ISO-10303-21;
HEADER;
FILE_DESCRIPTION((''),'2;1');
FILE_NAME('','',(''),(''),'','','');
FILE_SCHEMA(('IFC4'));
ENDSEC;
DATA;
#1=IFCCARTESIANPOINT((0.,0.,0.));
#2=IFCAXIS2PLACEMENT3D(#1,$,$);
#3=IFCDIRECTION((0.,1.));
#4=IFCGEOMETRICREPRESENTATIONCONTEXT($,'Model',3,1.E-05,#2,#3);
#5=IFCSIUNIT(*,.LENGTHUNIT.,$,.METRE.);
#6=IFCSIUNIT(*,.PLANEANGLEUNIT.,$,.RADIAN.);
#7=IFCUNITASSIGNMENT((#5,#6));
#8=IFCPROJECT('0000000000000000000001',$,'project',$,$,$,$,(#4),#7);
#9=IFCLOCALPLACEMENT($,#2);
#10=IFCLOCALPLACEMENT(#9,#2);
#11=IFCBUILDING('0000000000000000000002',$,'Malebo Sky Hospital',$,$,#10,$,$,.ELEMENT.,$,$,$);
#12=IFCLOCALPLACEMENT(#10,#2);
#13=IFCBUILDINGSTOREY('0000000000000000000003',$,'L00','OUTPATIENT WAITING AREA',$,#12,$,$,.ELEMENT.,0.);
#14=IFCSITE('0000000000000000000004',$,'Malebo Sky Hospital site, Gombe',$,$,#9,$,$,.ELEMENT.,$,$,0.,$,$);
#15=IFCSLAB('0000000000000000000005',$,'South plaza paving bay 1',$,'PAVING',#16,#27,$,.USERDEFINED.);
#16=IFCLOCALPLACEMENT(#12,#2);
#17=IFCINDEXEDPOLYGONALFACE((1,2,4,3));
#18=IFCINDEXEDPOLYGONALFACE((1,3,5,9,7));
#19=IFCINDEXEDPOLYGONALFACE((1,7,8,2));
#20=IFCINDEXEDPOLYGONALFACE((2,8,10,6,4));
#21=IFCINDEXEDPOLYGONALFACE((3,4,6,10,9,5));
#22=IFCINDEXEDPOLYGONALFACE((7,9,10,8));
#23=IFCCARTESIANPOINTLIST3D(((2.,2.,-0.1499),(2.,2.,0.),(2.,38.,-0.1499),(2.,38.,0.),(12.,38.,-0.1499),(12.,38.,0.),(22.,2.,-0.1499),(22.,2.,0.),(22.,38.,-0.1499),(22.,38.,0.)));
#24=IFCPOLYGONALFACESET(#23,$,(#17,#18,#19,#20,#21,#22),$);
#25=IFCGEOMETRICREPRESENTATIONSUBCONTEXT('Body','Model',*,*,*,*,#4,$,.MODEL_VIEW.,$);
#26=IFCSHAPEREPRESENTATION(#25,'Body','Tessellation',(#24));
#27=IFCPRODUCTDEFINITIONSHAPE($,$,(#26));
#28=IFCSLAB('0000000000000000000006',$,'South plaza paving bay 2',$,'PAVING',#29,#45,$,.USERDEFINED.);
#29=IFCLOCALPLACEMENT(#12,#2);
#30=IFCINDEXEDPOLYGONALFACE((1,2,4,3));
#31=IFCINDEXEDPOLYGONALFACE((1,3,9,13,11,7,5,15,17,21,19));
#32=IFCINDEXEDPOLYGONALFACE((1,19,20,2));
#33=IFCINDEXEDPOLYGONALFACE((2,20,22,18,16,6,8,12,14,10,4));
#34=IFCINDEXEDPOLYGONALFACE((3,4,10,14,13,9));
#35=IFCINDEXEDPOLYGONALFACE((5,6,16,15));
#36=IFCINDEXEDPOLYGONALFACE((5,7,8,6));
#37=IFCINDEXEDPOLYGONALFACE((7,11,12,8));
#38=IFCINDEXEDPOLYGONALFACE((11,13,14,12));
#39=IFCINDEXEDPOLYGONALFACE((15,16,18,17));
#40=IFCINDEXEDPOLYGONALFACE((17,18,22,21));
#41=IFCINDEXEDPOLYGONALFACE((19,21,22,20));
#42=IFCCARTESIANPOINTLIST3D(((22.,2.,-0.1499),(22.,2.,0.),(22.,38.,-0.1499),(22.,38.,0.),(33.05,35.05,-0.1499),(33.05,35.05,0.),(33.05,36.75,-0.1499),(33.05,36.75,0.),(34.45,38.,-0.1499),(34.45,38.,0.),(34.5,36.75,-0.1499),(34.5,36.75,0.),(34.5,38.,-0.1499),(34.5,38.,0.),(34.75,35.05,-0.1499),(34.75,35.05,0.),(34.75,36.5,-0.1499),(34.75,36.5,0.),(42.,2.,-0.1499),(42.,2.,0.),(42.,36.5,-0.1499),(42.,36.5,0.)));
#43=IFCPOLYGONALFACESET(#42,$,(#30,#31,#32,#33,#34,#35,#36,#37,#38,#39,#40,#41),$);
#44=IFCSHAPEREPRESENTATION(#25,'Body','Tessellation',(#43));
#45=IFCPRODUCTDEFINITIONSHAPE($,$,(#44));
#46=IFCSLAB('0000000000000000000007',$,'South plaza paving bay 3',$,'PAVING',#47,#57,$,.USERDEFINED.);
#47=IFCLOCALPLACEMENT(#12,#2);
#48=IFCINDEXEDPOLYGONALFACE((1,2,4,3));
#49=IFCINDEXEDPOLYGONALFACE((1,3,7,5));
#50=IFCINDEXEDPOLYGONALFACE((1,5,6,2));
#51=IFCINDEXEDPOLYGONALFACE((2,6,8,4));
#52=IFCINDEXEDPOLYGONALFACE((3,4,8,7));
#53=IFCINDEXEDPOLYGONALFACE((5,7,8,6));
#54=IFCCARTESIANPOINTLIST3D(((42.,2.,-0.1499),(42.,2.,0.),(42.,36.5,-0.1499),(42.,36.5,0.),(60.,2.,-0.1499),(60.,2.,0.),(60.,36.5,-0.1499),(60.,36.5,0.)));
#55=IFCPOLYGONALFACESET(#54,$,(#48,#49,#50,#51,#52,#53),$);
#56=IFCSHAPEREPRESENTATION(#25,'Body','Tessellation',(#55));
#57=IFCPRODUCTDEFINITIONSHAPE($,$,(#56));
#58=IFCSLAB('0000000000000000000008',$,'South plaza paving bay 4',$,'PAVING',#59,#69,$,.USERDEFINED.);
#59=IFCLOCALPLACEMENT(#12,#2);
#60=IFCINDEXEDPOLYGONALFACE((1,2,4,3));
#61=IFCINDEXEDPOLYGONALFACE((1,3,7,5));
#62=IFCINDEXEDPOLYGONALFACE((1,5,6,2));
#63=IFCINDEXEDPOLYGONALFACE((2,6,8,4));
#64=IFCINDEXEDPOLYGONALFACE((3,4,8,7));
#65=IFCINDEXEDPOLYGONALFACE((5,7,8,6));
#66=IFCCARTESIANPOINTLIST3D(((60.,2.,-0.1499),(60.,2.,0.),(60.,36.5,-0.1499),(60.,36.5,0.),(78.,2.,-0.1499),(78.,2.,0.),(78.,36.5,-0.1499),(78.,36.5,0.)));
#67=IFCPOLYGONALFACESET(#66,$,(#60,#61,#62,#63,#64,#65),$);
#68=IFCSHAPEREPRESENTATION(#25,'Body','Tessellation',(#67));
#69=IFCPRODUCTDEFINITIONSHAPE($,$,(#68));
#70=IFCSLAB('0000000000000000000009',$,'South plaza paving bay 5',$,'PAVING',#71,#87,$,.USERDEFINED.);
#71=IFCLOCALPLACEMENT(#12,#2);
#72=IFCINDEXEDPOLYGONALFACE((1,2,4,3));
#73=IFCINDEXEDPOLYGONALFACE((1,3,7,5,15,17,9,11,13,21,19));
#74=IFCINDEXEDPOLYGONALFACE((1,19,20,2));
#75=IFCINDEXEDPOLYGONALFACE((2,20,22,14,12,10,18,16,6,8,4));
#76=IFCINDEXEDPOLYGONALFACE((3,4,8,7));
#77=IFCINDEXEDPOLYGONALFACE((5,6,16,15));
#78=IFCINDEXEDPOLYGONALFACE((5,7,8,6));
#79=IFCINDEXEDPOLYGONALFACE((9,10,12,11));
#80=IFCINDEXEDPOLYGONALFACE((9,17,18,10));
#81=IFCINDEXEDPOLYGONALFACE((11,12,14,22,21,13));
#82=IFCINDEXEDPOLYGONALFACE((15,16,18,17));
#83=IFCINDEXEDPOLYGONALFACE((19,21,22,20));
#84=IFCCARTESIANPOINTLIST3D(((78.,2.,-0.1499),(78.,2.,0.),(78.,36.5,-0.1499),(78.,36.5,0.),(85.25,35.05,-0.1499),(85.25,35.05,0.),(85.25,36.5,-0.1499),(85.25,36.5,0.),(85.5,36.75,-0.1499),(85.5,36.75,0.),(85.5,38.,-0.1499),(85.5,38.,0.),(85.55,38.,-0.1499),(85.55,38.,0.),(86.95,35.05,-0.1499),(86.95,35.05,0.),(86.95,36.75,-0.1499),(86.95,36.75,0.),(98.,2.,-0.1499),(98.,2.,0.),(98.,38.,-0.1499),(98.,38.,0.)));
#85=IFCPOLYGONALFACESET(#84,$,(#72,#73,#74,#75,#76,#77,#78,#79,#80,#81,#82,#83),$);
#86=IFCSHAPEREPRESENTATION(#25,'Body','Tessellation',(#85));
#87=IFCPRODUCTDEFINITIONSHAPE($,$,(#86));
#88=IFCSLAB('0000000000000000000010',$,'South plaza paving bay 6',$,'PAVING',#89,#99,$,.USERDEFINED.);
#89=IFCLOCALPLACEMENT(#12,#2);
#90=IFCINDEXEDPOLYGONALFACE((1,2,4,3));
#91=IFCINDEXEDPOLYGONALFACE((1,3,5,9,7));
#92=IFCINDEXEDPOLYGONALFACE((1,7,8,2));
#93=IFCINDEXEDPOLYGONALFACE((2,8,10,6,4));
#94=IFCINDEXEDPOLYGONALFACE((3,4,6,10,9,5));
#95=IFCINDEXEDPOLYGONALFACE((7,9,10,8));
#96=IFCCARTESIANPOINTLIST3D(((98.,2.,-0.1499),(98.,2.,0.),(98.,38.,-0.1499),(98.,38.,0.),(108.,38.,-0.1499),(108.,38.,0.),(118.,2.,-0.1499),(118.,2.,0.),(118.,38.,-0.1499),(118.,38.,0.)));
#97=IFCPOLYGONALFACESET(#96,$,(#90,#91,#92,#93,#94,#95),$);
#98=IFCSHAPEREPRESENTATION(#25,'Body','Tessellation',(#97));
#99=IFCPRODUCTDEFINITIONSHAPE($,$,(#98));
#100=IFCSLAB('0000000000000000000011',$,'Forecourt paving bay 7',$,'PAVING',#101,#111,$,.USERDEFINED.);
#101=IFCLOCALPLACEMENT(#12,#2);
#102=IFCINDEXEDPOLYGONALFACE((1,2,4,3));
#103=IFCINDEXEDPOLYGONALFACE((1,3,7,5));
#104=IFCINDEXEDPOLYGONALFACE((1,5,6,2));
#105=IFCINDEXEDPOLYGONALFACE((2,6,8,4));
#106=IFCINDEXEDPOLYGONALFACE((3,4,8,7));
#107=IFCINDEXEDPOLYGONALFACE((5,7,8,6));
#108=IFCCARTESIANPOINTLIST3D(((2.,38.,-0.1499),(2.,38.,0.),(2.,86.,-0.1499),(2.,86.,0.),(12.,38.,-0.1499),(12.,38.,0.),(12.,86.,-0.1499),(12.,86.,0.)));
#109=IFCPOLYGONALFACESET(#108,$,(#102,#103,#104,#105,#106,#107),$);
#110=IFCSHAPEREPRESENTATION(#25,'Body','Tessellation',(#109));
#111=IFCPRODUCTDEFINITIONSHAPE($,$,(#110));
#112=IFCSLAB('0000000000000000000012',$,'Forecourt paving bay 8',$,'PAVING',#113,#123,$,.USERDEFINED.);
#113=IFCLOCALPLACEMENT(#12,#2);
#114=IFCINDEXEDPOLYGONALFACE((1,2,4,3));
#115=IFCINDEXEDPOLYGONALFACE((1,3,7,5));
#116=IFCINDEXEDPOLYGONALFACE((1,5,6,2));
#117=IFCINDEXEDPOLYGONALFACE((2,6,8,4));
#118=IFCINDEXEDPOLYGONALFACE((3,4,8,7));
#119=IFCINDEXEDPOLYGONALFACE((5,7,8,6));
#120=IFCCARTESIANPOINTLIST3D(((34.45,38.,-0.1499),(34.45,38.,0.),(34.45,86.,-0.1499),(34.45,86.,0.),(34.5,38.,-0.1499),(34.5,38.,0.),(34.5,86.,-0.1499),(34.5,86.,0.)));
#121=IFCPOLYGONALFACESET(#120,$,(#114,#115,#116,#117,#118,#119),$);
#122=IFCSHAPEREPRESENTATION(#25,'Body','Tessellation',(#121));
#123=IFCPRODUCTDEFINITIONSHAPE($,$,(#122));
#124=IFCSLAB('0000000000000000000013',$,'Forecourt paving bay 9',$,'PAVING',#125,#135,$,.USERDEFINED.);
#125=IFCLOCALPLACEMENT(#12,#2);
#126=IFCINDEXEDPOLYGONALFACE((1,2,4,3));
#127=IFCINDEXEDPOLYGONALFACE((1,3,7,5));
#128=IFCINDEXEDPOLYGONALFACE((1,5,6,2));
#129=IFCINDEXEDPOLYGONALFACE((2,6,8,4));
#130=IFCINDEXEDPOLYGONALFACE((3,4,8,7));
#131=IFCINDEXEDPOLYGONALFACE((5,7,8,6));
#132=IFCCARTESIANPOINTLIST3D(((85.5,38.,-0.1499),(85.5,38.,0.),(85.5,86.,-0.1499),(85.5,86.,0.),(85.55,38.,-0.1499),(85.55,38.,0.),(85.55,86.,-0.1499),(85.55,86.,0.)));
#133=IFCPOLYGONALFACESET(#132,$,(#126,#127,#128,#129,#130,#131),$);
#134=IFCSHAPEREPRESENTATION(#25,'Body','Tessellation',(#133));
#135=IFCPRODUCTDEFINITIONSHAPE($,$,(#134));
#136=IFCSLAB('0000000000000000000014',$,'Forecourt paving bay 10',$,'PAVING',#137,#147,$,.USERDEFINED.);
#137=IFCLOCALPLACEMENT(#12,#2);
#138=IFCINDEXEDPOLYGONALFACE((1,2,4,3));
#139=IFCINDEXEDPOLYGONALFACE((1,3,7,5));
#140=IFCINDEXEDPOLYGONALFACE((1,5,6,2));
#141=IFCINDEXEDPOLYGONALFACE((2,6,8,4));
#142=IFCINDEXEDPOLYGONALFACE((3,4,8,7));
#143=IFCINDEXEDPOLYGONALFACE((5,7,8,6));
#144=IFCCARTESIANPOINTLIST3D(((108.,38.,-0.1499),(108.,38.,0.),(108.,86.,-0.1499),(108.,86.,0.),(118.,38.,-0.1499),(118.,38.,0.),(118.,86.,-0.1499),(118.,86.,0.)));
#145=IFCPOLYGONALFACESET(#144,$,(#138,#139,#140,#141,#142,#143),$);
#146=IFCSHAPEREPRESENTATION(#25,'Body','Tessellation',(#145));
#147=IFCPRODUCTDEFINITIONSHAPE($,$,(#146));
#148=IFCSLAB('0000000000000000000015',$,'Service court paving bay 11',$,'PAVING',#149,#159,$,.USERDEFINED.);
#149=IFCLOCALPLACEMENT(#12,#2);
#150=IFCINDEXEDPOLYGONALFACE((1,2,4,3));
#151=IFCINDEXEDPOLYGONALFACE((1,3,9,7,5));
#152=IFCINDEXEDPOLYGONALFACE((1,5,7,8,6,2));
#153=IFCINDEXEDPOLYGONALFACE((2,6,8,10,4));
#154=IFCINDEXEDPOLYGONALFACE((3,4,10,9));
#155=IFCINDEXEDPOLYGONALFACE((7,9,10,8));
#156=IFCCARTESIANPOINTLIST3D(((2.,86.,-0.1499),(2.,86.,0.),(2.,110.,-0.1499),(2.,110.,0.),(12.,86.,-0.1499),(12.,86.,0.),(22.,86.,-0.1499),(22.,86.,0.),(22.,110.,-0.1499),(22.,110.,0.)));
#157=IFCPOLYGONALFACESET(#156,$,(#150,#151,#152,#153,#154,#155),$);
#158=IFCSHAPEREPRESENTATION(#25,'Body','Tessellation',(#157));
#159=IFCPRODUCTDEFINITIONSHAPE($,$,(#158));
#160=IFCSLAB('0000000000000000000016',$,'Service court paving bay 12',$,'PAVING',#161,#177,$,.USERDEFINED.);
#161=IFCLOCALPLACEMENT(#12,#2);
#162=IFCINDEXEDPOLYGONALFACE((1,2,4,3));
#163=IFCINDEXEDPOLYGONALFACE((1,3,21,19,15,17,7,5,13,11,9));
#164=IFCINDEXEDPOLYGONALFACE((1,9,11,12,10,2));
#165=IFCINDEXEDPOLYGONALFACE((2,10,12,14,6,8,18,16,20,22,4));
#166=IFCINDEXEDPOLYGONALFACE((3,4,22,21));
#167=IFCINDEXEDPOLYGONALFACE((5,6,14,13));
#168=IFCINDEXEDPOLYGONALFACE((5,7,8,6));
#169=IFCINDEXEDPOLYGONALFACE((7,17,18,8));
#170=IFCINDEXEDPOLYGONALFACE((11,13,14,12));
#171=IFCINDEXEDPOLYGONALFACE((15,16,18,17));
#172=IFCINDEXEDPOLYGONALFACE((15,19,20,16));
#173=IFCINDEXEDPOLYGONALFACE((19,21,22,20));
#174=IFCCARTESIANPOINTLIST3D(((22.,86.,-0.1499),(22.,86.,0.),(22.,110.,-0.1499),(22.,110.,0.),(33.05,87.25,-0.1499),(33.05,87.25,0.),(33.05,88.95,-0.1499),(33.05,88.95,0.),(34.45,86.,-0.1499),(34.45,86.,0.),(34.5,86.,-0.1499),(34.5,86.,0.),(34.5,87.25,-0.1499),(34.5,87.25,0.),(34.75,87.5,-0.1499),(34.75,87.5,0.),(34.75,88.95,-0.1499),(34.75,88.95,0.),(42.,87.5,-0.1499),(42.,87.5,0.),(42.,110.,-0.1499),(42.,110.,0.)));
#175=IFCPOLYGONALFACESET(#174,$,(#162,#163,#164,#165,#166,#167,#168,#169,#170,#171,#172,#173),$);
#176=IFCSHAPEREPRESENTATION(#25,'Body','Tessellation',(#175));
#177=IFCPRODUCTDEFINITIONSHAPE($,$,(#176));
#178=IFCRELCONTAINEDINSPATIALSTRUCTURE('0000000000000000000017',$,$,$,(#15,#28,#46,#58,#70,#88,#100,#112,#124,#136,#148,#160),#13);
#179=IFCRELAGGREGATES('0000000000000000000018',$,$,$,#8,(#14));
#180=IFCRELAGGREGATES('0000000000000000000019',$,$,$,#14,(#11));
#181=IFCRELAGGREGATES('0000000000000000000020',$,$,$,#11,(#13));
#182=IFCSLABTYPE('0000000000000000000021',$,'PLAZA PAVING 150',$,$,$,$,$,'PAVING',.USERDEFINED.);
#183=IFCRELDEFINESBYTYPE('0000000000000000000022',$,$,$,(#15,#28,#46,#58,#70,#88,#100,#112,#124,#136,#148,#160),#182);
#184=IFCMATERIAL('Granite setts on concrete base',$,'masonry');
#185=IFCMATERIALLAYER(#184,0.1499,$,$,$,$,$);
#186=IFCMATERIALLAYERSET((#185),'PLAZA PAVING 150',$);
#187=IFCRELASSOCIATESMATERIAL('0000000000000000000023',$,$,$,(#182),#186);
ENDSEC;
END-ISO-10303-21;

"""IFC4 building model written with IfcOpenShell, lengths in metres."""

from ifc_helpers import new_model, si_unit, direction, frame, origin, place, context, subcontext, project, spatial, polyline, outline, extrude, material, layer, layer_set, type_object, element, save


model = new_model("IFC4")

# Units and contexts
model_context = context("Model", 3, precision=1e-05, world=origin(), true_north=direction((0.0, 1.0)))
body_context = subcontext(model_context, "Body", "Model", "MODEL_VIEW")
ifc_project = project(units=[si_unit("LENGTHUNIT", "METRE"), si_unit("PLANEANGLEUNIT", "RADIAN")], contexts=[model_context])

# Site, building, storey
site_placement = place(None, origin())
site = spatial("IfcSite", under=ifc_project, at=site_placement, Name="Malebo Sky Hospital site, Gombe", CompositionType="ELEMENT", RefElevation=0.0)
building_placement = place(site_placement, origin())
building = spatial("IfcBuilding", under=site, at=building_placement, Name="Malebo Sky Hospital", CompositionType="ELEMENT")
storey_placement = place(building_placement, origin())
storey = spatial("IfcBuildingStorey", under=building, at=storey_placement, Name="L00", Description="OUTPATIENT WAITING AREA", CompositionType="ELEMENT", Elevation=0.0)

# Slabs
ifc_material_1 = material(Name="Granite setts on concrete base", Category="masonry")
ifc_layer_1 = layer(ifc_material_1, 0.1499)
ifc_layer_set_1 = layer_set([ifc_layer_1], Name="PLAZA PAVING 150")
slab_type_1 = type_object("IfcSlabType", Name="PLAZA PAVING 150", ElementType="PAVING", PredefinedType="USERDEFINED", material=ifc_layer_set_1)
slab_1_placement = place(storey_placement, frame((0.0, 0.0, -0.1499)))
element("IfcSlab", 1, at=slab_1_placement, inside=storey, type_object=slab_type_1, Name="South plaza paving bay 1", ObjectType="PAVING", PredefinedType="USERDEFINED", context=body_context, shape_type="SweptSolid", body=[
    extrude(outline(polyline([(2.0, 2.0), (22.0, 2.0), (22.0, 38.0), (12.0, 38.0), (2.0, 38.0), (2.0, 2.0)])), origin(), (0.0, 0.0, 1.0), 0.1499),
])
slab_2_placement = place(storey_placement, frame((0.0, 0.0, -0.1499)))
element("IfcSlab", 2, at=slab_2_placement, inside=storey, type_object=slab_type_1, Name="South plaza paving bay 2", ObjectType="PAVING", PredefinedType="USERDEFINED", context=body_context, shape_type="SweptSolid", body=[
    extrude(outline(polyline([(42.0, 2.0), (42.0, 36.5), (34.75, 36.5), (34.75, 35.05), (33.05, 35.05), (33.05, 36.75), (34.5, 36.75), (34.5, 38.0), (34.45, 38.0), (22.0, 38.0), (22.0, 2.0), (42.0, 2.0)])), origin(), (0.0, 0.0, 1.0), 0.1499),
])
slab_3_placement = place(storey_placement, frame((0.0, 0.0, -0.1499)))
element("IfcSlab", 3, at=slab_3_placement, inside=storey, type_object=slab_type_1, Name="South plaza paving bay 3", ObjectType="PAVING", PredefinedType="USERDEFINED", context=body_context, shape_type="SweptSolid", body=[
    extrude(outline(polyline([(60.0, 2.0), (60.0, 36.5), (42.0, 36.5), (42.0, 2.0), (60.0, 2.0)])), origin(), (0.0, 0.0, 1.0), 0.1499),
])
slab_4_placement = place(storey_placement, frame((0.0, 0.0, -0.1499)))
element("IfcSlab", 4, at=slab_4_placement, inside=storey, type_object=slab_type_1, Name="South plaza paving bay 4", ObjectType="PAVING", PredefinedType="USERDEFINED", context=body_context, shape_type="SweptSolid", body=[
    extrude(outline(polyline([(78.0, 2.0), (78.0, 36.5), (60.0, 36.5), (60.0, 2.0), (78.0, 2.0)])), origin(), (0.0, 0.0, 1.0), 0.1499),
])
slab_5_placement = place(storey_placement, frame((0.0, 0.0, -0.1499)))
element("IfcSlab", 5, at=slab_5_placement, inside=storey, type_object=slab_type_1, Name="South plaza paving bay 5", ObjectType="PAVING", PredefinedType="USERDEFINED", context=body_context, shape_type="SweptSolid", body=[
    extrude(outline(polyline([(98.0, 2.0), (98.0, 38.0), (85.55, 38.0), (85.5, 38.0), (85.5, 36.75), (86.95, 36.75), (86.95, 35.05), (85.25, 35.05), (85.25, 36.5), (78.0, 36.5), (78.0, 2.0), (98.0, 2.0)])), origin(), (0.0, 0.0, 1.0), 0.1499),
])
slab_6_placement = place(storey_placement, frame((0.0, 0.0, -0.1499)))
element("IfcSlab", 6, at=slab_6_placement, inside=storey, type_object=slab_type_1, Name="South plaza paving bay 6", ObjectType="PAVING", PredefinedType="USERDEFINED", context=body_context, shape_type="SweptSolid", body=[
    extrude(outline(polyline([(118.0, 38.0), (108.0, 38.0), (98.0, 38.0), (98.0, 2.0), (118.0, 2.0), (118.0, 38.0)])), origin(), (0.0, 0.0, 1.0), 0.1499),
])
slab_7_placement = place(storey_placement, frame((0.0, 0.0, -0.1499)))
element("IfcSlab", 7, at=slab_7_placement, inside=storey, type_object=slab_type_1, Name="Forecourt paving bay 7", ObjectType="PAVING", PredefinedType="USERDEFINED", context=body_context, shape_type="SweptSolid", body=[
    extrude(outline(polyline([(2.0, 38.0), (12.0, 38.0), (12.0, 86.0), (2.0, 86.0), (2.0, 38.0)])), origin(), (0.0, 0.0, 1.0), 0.1499),
])
slab_8_placement = place(storey_placement, frame((0.0, 0.0, -0.1499)))
element("IfcSlab", 8, at=slab_8_placement, inside=storey, type_object=slab_type_1, Name="Forecourt paving bay 8", ObjectType="PAVING", PredefinedType="USERDEFINED", context=body_context, shape_type="SweptSolid", body=[
    extrude(outline(polyline([(34.5, 86.0), (34.45, 86.0), (34.45, 38.0), (34.5, 38.0), (34.5, 86.0)])), origin(), (0.0, 0.0, 1.0), 0.1499),
])
slab_9_placement = place(storey_placement, frame((0.0, 0.0, -0.1499)))
element("IfcSlab", 9, at=slab_9_placement, inside=storey, type_object=slab_type_1, Name="Forecourt paving bay 9", ObjectType="PAVING", PredefinedType="USERDEFINED", context=body_context, shape_type="SweptSolid", body=[
    extrude(outline(polyline([(85.5, 38.0), (85.55, 38.0), (85.55, 86.0), (85.5, 86.0), (85.5, 38.0)])), origin(), (0.0, 0.0, 1.0), 0.1499),
])
slab_10_placement = place(storey_placement, frame((0.0, 0.0, -0.1499)))
element("IfcSlab", 10, at=slab_10_placement, inside=storey, type_object=slab_type_1, Name="Forecourt paving bay 10", ObjectType="PAVING", PredefinedType="USERDEFINED", context=body_context, shape_type="SweptSolid", body=[
    extrude(outline(polyline([(118.0, 86.0), (108.0, 86.0), (108.0, 38.0), (118.0, 38.0), (118.0, 86.0)])), origin(), (0.0, 0.0, 1.0), 0.1499),
])
slab_11_placement = place(storey_placement, frame((0.0, 0.0, -0.1499)))
element("IfcSlab", 11, at=slab_11_placement, inside=storey, type_object=slab_type_1, Name="Service court paving bay 11", ObjectType="PAVING", PredefinedType="USERDEFINED", context=body_context, shape_type="SweptSolid", body=[
    extrude(outline(polyline([(2.0, 86.0), (12.0, 86.0), (22.0, 86.0), (22.0, 110.0), (2.0, 110.0), (2.0, 86.0)])), origin(), (0.0, 0.0, 1.0), 0.1499),
])
slab_12_placement = place(storey_placement, frame((0.0, 0.0, -0.1499)))
element("IfcSlab", 12, at=slab_12_placement, inside=storey, type_object=slab_type_1, Name="Service court paving bay 12", ObjectType="PAVING", PredefinedType="USERDEFINED", context=body_context, shape_type="SweptSolid", body=[
    extrude(outline(polyline([(22.0, 110.0), (22.0, 86.0), (34.45, 86.0), (34.5, 86.0), (34.5, 87.25), (33.05, 87.25), (33.05, 88.95), (34.75, 88.95), (34.75, 87.5), (42.0, 87.5), (42.0, 110.0), (22.0, 110.0)])), origin(), (0.0, 0.0, 1.0), 0.1499),
])

save(model, "model.ifc")
